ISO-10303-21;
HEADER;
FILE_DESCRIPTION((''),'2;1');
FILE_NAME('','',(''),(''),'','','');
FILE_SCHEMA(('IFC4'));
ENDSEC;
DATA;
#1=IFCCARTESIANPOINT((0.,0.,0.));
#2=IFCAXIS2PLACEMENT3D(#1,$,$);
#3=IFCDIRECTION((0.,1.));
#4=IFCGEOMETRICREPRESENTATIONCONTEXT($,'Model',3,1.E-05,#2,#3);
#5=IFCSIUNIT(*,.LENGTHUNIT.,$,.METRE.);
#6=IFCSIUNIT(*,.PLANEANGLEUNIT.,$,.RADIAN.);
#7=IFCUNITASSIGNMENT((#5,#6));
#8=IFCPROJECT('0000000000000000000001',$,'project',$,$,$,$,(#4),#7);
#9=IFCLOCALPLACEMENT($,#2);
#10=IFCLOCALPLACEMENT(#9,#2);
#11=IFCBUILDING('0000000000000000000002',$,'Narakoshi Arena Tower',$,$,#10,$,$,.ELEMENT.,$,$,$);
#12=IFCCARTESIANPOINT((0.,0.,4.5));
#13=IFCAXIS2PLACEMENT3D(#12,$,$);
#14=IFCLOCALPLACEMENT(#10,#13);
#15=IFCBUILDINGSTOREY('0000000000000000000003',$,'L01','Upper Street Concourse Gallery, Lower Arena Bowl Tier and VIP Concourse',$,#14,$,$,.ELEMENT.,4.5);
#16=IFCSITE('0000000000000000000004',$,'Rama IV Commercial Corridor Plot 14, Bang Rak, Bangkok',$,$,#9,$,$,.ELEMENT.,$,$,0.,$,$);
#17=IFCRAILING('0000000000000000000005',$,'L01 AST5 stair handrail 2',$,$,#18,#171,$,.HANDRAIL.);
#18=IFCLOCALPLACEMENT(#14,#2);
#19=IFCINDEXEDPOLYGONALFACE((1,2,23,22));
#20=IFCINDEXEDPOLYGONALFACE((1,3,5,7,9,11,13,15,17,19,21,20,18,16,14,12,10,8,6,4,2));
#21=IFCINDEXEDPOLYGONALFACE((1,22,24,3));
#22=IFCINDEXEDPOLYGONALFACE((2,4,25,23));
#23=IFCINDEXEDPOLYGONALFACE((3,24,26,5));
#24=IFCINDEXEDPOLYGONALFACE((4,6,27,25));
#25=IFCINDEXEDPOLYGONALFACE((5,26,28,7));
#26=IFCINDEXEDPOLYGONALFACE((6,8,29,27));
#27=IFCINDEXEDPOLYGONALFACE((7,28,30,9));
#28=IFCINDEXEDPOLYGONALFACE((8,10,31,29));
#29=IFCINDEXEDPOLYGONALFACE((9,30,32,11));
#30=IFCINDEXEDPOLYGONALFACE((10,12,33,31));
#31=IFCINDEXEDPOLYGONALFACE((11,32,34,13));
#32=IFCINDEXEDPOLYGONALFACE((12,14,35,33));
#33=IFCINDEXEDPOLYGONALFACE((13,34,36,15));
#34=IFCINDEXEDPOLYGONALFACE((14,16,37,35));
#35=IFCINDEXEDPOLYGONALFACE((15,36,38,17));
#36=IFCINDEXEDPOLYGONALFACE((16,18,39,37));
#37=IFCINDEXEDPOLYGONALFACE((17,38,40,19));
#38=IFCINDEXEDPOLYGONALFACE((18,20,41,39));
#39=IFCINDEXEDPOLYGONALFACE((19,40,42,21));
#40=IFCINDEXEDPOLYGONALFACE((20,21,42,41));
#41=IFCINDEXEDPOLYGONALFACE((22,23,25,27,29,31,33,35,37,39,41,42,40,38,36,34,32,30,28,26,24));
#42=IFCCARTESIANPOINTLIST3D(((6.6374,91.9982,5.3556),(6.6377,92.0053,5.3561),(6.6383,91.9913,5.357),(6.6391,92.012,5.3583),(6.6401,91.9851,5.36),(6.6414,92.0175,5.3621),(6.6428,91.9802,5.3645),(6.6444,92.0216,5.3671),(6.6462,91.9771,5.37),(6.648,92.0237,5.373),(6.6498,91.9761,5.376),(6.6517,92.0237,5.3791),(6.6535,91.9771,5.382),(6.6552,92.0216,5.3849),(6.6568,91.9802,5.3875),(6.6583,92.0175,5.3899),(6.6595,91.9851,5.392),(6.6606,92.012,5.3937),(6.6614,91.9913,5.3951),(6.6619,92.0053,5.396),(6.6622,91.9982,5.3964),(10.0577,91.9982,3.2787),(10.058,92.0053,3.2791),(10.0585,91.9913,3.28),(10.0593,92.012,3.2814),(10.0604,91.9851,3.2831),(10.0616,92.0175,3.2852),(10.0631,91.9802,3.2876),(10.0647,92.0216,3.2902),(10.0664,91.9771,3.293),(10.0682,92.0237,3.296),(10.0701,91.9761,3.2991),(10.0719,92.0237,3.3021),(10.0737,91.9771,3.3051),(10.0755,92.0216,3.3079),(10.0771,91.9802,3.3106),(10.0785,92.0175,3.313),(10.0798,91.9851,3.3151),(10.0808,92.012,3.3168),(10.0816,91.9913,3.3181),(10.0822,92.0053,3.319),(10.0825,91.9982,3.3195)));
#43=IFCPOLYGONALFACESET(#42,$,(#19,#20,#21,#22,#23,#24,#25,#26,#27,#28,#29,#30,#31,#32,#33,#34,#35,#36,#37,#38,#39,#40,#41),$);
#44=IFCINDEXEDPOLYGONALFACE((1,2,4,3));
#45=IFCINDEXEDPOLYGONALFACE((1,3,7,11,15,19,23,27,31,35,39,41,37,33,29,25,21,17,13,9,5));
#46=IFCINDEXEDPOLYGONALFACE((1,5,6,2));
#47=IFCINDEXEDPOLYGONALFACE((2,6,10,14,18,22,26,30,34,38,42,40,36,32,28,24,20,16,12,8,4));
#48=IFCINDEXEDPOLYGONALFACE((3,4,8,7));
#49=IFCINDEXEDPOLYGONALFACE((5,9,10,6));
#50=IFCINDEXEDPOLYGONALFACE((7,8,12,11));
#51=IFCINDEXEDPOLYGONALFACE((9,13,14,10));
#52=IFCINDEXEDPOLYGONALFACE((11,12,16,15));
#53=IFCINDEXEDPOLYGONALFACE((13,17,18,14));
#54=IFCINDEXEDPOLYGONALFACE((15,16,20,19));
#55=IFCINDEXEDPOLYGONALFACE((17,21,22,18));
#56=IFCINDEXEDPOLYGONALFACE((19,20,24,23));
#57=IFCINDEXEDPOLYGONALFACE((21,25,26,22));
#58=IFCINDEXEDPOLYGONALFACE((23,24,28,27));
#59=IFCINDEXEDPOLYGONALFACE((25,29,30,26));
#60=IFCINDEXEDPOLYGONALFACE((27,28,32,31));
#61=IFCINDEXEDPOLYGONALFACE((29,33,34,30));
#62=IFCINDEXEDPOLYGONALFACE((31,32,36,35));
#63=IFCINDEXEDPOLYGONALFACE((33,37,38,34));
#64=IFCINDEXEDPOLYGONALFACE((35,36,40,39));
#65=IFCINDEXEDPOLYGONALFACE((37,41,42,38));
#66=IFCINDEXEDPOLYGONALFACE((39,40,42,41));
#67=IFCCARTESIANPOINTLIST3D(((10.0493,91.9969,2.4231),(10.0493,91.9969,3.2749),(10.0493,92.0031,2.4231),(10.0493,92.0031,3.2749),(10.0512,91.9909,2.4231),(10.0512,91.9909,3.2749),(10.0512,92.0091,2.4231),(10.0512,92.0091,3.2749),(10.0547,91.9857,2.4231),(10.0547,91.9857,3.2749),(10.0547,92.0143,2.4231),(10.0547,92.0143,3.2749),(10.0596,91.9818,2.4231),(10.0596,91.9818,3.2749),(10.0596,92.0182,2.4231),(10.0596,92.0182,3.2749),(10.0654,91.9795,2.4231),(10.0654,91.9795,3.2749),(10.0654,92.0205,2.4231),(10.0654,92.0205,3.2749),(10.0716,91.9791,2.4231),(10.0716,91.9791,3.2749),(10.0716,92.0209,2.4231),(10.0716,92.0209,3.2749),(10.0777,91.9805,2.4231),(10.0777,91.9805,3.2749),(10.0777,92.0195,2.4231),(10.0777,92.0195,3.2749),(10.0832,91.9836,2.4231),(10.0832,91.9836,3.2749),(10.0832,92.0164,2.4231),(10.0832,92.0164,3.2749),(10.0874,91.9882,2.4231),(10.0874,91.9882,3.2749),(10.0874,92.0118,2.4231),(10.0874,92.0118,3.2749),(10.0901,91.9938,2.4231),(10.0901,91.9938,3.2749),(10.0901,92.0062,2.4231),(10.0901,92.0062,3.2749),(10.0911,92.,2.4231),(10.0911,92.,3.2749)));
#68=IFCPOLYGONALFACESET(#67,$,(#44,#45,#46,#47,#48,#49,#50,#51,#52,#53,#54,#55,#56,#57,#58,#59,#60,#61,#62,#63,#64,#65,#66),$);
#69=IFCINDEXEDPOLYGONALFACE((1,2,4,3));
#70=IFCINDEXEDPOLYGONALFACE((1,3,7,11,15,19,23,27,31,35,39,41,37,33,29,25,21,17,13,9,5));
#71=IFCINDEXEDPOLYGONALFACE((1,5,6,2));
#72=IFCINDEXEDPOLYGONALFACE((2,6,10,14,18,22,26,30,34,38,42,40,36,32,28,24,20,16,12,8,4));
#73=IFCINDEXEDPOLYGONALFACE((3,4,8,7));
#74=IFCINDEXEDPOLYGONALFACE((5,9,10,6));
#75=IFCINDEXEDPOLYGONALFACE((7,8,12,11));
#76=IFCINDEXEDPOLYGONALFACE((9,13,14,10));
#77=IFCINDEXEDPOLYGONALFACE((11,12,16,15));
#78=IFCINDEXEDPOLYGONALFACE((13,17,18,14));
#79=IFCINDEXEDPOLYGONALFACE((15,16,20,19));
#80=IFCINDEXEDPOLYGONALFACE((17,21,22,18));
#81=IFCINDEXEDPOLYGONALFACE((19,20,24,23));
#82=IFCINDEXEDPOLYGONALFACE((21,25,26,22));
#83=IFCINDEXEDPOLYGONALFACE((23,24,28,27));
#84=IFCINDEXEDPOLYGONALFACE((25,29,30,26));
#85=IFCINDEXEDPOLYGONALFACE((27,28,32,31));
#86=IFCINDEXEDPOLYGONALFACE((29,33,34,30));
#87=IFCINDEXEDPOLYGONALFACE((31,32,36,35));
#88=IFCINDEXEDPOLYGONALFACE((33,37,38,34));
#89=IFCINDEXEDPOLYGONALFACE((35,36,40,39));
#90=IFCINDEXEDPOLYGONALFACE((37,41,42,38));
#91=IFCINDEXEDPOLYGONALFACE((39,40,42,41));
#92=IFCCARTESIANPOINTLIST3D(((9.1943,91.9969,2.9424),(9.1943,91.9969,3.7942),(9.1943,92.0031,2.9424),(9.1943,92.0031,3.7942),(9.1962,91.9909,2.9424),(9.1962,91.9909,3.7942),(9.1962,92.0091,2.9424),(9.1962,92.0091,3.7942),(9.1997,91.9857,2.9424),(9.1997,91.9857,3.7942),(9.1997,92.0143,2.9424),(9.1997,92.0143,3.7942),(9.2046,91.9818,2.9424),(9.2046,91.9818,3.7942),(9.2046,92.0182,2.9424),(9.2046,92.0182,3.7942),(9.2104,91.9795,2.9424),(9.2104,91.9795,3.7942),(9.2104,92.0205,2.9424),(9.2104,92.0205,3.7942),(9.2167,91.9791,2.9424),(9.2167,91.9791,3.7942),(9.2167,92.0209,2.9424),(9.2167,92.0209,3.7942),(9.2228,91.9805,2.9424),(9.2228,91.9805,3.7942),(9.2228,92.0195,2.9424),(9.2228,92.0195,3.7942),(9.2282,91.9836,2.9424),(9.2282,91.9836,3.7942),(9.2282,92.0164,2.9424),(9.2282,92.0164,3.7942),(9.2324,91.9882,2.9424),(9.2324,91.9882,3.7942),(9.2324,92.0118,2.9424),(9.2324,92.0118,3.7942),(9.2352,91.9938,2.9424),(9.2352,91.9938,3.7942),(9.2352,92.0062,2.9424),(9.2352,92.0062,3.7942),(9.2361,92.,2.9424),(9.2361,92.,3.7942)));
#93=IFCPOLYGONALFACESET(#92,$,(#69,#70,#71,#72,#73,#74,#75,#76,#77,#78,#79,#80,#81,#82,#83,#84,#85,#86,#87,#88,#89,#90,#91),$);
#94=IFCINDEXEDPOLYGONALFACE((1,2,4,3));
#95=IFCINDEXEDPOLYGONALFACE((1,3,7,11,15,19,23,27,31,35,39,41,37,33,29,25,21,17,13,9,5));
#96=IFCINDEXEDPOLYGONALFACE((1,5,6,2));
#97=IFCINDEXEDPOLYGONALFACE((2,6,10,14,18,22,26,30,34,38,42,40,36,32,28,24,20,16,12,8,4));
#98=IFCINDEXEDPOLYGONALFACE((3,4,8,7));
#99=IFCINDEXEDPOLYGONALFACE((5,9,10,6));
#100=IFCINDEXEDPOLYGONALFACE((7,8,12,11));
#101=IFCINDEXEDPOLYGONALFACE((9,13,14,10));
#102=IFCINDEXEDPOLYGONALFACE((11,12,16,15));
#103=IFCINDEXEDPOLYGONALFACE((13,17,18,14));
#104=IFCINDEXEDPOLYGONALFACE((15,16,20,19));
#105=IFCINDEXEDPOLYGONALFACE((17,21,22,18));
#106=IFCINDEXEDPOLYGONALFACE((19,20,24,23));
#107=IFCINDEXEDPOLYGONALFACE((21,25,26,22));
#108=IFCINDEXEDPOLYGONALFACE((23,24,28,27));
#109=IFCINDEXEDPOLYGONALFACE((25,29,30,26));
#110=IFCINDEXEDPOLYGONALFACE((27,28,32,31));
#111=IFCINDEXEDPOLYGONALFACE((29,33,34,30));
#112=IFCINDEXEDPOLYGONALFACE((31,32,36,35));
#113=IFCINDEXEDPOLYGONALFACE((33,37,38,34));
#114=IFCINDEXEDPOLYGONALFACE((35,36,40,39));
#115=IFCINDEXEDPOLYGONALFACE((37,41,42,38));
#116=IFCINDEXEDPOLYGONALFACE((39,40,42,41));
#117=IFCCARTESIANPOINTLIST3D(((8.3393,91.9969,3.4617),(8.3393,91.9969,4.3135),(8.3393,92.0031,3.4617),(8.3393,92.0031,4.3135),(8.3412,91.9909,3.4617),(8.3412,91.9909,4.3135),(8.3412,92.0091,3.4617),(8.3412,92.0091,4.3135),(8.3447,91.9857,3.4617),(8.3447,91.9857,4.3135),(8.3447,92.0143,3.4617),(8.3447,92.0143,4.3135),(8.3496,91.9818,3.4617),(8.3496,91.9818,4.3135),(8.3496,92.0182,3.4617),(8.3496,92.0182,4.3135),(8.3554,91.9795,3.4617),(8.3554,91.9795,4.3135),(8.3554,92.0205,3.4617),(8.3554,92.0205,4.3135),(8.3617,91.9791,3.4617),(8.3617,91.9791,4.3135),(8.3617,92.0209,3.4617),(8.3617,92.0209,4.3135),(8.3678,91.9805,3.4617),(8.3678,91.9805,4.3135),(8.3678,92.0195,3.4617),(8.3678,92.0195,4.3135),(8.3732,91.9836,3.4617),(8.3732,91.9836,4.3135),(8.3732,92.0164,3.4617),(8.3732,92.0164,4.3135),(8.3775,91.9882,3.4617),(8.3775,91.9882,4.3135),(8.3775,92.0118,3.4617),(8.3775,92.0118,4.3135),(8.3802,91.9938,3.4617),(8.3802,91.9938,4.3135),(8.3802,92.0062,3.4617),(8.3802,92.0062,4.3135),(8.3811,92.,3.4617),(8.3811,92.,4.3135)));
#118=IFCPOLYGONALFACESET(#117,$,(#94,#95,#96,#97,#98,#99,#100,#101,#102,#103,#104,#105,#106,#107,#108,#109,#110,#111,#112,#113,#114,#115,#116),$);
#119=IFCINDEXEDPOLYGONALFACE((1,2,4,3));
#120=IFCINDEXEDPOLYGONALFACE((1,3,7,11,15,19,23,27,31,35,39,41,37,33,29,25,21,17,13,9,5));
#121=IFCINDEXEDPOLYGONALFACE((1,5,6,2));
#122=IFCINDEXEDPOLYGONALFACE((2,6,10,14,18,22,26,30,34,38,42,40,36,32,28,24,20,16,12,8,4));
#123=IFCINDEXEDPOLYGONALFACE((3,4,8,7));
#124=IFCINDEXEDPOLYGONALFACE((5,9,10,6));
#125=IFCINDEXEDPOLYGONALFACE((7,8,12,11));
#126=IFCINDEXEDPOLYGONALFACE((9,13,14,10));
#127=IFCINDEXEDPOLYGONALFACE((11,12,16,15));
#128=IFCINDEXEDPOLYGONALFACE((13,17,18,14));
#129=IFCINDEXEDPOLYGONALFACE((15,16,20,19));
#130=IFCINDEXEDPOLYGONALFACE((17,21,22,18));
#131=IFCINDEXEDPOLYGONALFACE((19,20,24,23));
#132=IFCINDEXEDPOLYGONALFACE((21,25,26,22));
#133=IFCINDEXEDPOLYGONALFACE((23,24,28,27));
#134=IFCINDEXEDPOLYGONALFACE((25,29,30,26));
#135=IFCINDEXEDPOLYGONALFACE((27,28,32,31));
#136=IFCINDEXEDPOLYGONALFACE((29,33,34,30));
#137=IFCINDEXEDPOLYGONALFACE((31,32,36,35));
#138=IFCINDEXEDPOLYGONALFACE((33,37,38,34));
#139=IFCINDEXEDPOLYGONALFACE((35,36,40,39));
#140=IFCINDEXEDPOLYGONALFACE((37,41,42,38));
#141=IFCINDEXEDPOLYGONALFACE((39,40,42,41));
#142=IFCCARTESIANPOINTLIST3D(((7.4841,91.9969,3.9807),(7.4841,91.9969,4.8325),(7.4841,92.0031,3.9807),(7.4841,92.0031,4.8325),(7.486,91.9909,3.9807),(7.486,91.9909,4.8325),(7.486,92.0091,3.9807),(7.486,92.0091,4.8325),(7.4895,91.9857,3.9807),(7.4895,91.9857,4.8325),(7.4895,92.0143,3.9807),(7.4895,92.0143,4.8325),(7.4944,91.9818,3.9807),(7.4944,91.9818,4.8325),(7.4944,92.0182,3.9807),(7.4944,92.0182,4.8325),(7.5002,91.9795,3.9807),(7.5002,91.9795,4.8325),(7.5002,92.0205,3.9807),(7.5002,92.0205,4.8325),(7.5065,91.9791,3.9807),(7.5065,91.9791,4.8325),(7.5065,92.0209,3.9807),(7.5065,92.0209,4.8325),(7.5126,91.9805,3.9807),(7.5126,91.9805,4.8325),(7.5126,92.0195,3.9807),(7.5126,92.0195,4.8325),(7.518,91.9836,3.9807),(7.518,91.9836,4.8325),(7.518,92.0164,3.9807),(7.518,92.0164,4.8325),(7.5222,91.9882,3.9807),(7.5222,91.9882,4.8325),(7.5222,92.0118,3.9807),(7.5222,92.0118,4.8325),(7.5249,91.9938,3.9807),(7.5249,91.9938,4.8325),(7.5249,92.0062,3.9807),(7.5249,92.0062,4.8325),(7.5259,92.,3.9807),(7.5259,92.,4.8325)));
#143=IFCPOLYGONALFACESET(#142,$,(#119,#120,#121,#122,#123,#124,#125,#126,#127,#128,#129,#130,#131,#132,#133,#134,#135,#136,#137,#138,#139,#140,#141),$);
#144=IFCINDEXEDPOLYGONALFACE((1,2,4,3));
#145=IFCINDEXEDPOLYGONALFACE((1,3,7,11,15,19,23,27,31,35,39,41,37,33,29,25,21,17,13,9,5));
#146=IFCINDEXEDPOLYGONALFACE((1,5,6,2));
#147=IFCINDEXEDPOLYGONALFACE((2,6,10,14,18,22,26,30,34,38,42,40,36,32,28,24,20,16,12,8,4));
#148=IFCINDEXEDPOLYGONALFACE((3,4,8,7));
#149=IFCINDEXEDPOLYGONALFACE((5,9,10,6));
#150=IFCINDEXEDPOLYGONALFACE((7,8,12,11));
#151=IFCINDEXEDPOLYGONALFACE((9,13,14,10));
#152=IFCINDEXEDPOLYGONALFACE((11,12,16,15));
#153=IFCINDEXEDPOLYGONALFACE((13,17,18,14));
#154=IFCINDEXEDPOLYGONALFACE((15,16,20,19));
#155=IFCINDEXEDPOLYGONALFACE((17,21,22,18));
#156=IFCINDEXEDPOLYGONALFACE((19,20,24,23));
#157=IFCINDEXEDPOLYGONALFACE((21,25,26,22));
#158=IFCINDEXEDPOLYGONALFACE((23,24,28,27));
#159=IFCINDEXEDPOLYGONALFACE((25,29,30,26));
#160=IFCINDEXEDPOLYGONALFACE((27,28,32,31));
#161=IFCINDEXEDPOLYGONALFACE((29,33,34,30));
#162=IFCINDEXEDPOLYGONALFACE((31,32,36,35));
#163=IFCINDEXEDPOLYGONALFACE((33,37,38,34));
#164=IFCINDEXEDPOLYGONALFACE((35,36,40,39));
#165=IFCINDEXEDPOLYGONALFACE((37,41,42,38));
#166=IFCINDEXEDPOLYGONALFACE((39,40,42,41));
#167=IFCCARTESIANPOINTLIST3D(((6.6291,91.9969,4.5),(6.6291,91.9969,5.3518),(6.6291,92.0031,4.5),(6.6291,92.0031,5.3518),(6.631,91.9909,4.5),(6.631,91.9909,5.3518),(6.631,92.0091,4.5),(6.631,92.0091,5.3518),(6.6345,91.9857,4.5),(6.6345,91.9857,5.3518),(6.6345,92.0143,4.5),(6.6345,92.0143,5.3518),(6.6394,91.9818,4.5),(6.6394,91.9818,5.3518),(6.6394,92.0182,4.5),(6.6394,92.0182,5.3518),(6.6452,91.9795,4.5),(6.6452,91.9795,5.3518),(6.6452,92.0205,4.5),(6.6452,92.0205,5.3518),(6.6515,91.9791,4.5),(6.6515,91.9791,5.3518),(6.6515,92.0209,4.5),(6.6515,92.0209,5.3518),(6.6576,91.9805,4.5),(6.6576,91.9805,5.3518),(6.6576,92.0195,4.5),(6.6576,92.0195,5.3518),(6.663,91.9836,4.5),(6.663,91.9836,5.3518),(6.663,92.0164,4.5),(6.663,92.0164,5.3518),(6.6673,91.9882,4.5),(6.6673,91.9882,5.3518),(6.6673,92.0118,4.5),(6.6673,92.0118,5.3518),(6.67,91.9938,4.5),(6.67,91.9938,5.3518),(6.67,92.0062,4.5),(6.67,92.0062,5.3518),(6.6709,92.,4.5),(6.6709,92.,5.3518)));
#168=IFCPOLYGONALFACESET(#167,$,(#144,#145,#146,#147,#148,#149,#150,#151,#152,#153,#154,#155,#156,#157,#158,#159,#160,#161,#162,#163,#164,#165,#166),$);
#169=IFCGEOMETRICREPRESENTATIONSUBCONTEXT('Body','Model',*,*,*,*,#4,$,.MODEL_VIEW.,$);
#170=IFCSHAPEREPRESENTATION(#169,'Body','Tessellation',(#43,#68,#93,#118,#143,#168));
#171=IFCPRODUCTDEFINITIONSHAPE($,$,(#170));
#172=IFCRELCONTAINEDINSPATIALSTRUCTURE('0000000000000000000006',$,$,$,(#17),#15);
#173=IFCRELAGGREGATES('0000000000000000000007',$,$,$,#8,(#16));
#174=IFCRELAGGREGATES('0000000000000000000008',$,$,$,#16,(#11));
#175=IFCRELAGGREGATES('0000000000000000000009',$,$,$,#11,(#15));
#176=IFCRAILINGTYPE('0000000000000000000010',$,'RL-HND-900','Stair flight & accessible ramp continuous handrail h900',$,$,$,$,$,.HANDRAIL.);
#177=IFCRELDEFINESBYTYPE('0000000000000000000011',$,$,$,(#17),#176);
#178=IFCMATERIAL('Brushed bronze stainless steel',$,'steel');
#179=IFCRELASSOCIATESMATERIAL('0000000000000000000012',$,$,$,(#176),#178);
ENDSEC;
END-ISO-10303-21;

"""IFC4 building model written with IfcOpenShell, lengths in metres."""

from ifc_helpers import new_model, si_unit, direction, frame, origin, origin_2d, place, context, subcontext, project, spatial, circle, extrude, material, type_object, element, save


model = new_model("IFC4")

# Units and contexts
model_context = context("Model", 3, precision=1e-05, world=origin(), true_north=direction((0.0, 1.0)))
body_context = subcontext(model_context, "Body", "Model", "MODEL_VIEW")
ifc_project = project(units=[si_unit("LENGTHUNIT", "METRE"), si_unit("PLANEANGLEUNIT", "RADIAN")], contexts=[model_context])

# Site, building, storey
site_placement = place(None, origin())
site = spatial("IfcSite", under=ifc_project, at=site_placement, Name="Rama IV Commercial Corridor Plot 14, Bang Rak, Bangkok", CompositionType="ELEMENT", RefElevation=0.0)
building_placement = place(site_placement, origin())
building = spatial("IfcBuilding", under=site, at=building_placement, Name="Narakoshi Arena Tower", CompositionType="ELEMENT")
storey_placement = place(building_placement, frame((0.0, 0.0, 4.5)))
storey = spatial("IfcBuildingStorey", under=building, at=storey_placement, Name="L01", Description="Upper Street Concourse Gallery, Lower Arena Bowl Tier and VIP Concourse", CompositionType="ELEMENT", Elevation=4.5)

# Railing
ifc_material_1 = material(Name="Brushed bronze stainless steel", Category="steel")
railing_type_1 = type_object("IfcRailingType", Name="RL-HND-900", Description="Stair flight & accessible ramp continuous handrail h900", PredefinedType="HANDRAIL", material=ifc_material_1)
railing_1_placement = place(storey_placement, frame((10.0701, 92.0, 2.4231)))
element("IfcRailing", 1, at=railing_1_placement, inside=storey, type_object=railing_type_1, Name="L01 AST5 stair handrail 2", PredefinedType="HANDRAIL", context=body_context, shape_type="SweptSolid", body=[
    extrude(circle(Radius=0.0239, at=origin_2d()), frame((0.0, 0.0, 0.876), z_axis=(-0.854746, 0.0, 0.519047), x_axis=(0.0, -1.0, 0.0)), (0.0, 0.0, 1.0), 4.0015),
    extrude(circle(Radius=0.021, at=origin_2d()), origin(), (0.0, 0.0, 1.0), 0.8518),
    extrude(circle(Radius=0.021, at=origin_2d()), frame((-0.855, 0.0, 0.5193)), (0.0, 0.0, 1.0), 0.8518),
    extrude(circle(Radius=0.021, at=origin_2d()), frame((-1.71, 0.0, 1.0386)), (0.0, 0.0, 1.0), 0.8518),
    extrude(circle(Radius=0.021, at=origin_2d()), frame((-2.5652, 0.0, 1.5576)), (0.0, 0.0, 1.0), 0.8518),
    extrude(circle(Radius=0.021, at=origin_2d()), frame((-3.4202, 0.0, 2.0769)), (0.0, 0.0, 1.0), 0.8518),
])

save(model, "model.ifc")
